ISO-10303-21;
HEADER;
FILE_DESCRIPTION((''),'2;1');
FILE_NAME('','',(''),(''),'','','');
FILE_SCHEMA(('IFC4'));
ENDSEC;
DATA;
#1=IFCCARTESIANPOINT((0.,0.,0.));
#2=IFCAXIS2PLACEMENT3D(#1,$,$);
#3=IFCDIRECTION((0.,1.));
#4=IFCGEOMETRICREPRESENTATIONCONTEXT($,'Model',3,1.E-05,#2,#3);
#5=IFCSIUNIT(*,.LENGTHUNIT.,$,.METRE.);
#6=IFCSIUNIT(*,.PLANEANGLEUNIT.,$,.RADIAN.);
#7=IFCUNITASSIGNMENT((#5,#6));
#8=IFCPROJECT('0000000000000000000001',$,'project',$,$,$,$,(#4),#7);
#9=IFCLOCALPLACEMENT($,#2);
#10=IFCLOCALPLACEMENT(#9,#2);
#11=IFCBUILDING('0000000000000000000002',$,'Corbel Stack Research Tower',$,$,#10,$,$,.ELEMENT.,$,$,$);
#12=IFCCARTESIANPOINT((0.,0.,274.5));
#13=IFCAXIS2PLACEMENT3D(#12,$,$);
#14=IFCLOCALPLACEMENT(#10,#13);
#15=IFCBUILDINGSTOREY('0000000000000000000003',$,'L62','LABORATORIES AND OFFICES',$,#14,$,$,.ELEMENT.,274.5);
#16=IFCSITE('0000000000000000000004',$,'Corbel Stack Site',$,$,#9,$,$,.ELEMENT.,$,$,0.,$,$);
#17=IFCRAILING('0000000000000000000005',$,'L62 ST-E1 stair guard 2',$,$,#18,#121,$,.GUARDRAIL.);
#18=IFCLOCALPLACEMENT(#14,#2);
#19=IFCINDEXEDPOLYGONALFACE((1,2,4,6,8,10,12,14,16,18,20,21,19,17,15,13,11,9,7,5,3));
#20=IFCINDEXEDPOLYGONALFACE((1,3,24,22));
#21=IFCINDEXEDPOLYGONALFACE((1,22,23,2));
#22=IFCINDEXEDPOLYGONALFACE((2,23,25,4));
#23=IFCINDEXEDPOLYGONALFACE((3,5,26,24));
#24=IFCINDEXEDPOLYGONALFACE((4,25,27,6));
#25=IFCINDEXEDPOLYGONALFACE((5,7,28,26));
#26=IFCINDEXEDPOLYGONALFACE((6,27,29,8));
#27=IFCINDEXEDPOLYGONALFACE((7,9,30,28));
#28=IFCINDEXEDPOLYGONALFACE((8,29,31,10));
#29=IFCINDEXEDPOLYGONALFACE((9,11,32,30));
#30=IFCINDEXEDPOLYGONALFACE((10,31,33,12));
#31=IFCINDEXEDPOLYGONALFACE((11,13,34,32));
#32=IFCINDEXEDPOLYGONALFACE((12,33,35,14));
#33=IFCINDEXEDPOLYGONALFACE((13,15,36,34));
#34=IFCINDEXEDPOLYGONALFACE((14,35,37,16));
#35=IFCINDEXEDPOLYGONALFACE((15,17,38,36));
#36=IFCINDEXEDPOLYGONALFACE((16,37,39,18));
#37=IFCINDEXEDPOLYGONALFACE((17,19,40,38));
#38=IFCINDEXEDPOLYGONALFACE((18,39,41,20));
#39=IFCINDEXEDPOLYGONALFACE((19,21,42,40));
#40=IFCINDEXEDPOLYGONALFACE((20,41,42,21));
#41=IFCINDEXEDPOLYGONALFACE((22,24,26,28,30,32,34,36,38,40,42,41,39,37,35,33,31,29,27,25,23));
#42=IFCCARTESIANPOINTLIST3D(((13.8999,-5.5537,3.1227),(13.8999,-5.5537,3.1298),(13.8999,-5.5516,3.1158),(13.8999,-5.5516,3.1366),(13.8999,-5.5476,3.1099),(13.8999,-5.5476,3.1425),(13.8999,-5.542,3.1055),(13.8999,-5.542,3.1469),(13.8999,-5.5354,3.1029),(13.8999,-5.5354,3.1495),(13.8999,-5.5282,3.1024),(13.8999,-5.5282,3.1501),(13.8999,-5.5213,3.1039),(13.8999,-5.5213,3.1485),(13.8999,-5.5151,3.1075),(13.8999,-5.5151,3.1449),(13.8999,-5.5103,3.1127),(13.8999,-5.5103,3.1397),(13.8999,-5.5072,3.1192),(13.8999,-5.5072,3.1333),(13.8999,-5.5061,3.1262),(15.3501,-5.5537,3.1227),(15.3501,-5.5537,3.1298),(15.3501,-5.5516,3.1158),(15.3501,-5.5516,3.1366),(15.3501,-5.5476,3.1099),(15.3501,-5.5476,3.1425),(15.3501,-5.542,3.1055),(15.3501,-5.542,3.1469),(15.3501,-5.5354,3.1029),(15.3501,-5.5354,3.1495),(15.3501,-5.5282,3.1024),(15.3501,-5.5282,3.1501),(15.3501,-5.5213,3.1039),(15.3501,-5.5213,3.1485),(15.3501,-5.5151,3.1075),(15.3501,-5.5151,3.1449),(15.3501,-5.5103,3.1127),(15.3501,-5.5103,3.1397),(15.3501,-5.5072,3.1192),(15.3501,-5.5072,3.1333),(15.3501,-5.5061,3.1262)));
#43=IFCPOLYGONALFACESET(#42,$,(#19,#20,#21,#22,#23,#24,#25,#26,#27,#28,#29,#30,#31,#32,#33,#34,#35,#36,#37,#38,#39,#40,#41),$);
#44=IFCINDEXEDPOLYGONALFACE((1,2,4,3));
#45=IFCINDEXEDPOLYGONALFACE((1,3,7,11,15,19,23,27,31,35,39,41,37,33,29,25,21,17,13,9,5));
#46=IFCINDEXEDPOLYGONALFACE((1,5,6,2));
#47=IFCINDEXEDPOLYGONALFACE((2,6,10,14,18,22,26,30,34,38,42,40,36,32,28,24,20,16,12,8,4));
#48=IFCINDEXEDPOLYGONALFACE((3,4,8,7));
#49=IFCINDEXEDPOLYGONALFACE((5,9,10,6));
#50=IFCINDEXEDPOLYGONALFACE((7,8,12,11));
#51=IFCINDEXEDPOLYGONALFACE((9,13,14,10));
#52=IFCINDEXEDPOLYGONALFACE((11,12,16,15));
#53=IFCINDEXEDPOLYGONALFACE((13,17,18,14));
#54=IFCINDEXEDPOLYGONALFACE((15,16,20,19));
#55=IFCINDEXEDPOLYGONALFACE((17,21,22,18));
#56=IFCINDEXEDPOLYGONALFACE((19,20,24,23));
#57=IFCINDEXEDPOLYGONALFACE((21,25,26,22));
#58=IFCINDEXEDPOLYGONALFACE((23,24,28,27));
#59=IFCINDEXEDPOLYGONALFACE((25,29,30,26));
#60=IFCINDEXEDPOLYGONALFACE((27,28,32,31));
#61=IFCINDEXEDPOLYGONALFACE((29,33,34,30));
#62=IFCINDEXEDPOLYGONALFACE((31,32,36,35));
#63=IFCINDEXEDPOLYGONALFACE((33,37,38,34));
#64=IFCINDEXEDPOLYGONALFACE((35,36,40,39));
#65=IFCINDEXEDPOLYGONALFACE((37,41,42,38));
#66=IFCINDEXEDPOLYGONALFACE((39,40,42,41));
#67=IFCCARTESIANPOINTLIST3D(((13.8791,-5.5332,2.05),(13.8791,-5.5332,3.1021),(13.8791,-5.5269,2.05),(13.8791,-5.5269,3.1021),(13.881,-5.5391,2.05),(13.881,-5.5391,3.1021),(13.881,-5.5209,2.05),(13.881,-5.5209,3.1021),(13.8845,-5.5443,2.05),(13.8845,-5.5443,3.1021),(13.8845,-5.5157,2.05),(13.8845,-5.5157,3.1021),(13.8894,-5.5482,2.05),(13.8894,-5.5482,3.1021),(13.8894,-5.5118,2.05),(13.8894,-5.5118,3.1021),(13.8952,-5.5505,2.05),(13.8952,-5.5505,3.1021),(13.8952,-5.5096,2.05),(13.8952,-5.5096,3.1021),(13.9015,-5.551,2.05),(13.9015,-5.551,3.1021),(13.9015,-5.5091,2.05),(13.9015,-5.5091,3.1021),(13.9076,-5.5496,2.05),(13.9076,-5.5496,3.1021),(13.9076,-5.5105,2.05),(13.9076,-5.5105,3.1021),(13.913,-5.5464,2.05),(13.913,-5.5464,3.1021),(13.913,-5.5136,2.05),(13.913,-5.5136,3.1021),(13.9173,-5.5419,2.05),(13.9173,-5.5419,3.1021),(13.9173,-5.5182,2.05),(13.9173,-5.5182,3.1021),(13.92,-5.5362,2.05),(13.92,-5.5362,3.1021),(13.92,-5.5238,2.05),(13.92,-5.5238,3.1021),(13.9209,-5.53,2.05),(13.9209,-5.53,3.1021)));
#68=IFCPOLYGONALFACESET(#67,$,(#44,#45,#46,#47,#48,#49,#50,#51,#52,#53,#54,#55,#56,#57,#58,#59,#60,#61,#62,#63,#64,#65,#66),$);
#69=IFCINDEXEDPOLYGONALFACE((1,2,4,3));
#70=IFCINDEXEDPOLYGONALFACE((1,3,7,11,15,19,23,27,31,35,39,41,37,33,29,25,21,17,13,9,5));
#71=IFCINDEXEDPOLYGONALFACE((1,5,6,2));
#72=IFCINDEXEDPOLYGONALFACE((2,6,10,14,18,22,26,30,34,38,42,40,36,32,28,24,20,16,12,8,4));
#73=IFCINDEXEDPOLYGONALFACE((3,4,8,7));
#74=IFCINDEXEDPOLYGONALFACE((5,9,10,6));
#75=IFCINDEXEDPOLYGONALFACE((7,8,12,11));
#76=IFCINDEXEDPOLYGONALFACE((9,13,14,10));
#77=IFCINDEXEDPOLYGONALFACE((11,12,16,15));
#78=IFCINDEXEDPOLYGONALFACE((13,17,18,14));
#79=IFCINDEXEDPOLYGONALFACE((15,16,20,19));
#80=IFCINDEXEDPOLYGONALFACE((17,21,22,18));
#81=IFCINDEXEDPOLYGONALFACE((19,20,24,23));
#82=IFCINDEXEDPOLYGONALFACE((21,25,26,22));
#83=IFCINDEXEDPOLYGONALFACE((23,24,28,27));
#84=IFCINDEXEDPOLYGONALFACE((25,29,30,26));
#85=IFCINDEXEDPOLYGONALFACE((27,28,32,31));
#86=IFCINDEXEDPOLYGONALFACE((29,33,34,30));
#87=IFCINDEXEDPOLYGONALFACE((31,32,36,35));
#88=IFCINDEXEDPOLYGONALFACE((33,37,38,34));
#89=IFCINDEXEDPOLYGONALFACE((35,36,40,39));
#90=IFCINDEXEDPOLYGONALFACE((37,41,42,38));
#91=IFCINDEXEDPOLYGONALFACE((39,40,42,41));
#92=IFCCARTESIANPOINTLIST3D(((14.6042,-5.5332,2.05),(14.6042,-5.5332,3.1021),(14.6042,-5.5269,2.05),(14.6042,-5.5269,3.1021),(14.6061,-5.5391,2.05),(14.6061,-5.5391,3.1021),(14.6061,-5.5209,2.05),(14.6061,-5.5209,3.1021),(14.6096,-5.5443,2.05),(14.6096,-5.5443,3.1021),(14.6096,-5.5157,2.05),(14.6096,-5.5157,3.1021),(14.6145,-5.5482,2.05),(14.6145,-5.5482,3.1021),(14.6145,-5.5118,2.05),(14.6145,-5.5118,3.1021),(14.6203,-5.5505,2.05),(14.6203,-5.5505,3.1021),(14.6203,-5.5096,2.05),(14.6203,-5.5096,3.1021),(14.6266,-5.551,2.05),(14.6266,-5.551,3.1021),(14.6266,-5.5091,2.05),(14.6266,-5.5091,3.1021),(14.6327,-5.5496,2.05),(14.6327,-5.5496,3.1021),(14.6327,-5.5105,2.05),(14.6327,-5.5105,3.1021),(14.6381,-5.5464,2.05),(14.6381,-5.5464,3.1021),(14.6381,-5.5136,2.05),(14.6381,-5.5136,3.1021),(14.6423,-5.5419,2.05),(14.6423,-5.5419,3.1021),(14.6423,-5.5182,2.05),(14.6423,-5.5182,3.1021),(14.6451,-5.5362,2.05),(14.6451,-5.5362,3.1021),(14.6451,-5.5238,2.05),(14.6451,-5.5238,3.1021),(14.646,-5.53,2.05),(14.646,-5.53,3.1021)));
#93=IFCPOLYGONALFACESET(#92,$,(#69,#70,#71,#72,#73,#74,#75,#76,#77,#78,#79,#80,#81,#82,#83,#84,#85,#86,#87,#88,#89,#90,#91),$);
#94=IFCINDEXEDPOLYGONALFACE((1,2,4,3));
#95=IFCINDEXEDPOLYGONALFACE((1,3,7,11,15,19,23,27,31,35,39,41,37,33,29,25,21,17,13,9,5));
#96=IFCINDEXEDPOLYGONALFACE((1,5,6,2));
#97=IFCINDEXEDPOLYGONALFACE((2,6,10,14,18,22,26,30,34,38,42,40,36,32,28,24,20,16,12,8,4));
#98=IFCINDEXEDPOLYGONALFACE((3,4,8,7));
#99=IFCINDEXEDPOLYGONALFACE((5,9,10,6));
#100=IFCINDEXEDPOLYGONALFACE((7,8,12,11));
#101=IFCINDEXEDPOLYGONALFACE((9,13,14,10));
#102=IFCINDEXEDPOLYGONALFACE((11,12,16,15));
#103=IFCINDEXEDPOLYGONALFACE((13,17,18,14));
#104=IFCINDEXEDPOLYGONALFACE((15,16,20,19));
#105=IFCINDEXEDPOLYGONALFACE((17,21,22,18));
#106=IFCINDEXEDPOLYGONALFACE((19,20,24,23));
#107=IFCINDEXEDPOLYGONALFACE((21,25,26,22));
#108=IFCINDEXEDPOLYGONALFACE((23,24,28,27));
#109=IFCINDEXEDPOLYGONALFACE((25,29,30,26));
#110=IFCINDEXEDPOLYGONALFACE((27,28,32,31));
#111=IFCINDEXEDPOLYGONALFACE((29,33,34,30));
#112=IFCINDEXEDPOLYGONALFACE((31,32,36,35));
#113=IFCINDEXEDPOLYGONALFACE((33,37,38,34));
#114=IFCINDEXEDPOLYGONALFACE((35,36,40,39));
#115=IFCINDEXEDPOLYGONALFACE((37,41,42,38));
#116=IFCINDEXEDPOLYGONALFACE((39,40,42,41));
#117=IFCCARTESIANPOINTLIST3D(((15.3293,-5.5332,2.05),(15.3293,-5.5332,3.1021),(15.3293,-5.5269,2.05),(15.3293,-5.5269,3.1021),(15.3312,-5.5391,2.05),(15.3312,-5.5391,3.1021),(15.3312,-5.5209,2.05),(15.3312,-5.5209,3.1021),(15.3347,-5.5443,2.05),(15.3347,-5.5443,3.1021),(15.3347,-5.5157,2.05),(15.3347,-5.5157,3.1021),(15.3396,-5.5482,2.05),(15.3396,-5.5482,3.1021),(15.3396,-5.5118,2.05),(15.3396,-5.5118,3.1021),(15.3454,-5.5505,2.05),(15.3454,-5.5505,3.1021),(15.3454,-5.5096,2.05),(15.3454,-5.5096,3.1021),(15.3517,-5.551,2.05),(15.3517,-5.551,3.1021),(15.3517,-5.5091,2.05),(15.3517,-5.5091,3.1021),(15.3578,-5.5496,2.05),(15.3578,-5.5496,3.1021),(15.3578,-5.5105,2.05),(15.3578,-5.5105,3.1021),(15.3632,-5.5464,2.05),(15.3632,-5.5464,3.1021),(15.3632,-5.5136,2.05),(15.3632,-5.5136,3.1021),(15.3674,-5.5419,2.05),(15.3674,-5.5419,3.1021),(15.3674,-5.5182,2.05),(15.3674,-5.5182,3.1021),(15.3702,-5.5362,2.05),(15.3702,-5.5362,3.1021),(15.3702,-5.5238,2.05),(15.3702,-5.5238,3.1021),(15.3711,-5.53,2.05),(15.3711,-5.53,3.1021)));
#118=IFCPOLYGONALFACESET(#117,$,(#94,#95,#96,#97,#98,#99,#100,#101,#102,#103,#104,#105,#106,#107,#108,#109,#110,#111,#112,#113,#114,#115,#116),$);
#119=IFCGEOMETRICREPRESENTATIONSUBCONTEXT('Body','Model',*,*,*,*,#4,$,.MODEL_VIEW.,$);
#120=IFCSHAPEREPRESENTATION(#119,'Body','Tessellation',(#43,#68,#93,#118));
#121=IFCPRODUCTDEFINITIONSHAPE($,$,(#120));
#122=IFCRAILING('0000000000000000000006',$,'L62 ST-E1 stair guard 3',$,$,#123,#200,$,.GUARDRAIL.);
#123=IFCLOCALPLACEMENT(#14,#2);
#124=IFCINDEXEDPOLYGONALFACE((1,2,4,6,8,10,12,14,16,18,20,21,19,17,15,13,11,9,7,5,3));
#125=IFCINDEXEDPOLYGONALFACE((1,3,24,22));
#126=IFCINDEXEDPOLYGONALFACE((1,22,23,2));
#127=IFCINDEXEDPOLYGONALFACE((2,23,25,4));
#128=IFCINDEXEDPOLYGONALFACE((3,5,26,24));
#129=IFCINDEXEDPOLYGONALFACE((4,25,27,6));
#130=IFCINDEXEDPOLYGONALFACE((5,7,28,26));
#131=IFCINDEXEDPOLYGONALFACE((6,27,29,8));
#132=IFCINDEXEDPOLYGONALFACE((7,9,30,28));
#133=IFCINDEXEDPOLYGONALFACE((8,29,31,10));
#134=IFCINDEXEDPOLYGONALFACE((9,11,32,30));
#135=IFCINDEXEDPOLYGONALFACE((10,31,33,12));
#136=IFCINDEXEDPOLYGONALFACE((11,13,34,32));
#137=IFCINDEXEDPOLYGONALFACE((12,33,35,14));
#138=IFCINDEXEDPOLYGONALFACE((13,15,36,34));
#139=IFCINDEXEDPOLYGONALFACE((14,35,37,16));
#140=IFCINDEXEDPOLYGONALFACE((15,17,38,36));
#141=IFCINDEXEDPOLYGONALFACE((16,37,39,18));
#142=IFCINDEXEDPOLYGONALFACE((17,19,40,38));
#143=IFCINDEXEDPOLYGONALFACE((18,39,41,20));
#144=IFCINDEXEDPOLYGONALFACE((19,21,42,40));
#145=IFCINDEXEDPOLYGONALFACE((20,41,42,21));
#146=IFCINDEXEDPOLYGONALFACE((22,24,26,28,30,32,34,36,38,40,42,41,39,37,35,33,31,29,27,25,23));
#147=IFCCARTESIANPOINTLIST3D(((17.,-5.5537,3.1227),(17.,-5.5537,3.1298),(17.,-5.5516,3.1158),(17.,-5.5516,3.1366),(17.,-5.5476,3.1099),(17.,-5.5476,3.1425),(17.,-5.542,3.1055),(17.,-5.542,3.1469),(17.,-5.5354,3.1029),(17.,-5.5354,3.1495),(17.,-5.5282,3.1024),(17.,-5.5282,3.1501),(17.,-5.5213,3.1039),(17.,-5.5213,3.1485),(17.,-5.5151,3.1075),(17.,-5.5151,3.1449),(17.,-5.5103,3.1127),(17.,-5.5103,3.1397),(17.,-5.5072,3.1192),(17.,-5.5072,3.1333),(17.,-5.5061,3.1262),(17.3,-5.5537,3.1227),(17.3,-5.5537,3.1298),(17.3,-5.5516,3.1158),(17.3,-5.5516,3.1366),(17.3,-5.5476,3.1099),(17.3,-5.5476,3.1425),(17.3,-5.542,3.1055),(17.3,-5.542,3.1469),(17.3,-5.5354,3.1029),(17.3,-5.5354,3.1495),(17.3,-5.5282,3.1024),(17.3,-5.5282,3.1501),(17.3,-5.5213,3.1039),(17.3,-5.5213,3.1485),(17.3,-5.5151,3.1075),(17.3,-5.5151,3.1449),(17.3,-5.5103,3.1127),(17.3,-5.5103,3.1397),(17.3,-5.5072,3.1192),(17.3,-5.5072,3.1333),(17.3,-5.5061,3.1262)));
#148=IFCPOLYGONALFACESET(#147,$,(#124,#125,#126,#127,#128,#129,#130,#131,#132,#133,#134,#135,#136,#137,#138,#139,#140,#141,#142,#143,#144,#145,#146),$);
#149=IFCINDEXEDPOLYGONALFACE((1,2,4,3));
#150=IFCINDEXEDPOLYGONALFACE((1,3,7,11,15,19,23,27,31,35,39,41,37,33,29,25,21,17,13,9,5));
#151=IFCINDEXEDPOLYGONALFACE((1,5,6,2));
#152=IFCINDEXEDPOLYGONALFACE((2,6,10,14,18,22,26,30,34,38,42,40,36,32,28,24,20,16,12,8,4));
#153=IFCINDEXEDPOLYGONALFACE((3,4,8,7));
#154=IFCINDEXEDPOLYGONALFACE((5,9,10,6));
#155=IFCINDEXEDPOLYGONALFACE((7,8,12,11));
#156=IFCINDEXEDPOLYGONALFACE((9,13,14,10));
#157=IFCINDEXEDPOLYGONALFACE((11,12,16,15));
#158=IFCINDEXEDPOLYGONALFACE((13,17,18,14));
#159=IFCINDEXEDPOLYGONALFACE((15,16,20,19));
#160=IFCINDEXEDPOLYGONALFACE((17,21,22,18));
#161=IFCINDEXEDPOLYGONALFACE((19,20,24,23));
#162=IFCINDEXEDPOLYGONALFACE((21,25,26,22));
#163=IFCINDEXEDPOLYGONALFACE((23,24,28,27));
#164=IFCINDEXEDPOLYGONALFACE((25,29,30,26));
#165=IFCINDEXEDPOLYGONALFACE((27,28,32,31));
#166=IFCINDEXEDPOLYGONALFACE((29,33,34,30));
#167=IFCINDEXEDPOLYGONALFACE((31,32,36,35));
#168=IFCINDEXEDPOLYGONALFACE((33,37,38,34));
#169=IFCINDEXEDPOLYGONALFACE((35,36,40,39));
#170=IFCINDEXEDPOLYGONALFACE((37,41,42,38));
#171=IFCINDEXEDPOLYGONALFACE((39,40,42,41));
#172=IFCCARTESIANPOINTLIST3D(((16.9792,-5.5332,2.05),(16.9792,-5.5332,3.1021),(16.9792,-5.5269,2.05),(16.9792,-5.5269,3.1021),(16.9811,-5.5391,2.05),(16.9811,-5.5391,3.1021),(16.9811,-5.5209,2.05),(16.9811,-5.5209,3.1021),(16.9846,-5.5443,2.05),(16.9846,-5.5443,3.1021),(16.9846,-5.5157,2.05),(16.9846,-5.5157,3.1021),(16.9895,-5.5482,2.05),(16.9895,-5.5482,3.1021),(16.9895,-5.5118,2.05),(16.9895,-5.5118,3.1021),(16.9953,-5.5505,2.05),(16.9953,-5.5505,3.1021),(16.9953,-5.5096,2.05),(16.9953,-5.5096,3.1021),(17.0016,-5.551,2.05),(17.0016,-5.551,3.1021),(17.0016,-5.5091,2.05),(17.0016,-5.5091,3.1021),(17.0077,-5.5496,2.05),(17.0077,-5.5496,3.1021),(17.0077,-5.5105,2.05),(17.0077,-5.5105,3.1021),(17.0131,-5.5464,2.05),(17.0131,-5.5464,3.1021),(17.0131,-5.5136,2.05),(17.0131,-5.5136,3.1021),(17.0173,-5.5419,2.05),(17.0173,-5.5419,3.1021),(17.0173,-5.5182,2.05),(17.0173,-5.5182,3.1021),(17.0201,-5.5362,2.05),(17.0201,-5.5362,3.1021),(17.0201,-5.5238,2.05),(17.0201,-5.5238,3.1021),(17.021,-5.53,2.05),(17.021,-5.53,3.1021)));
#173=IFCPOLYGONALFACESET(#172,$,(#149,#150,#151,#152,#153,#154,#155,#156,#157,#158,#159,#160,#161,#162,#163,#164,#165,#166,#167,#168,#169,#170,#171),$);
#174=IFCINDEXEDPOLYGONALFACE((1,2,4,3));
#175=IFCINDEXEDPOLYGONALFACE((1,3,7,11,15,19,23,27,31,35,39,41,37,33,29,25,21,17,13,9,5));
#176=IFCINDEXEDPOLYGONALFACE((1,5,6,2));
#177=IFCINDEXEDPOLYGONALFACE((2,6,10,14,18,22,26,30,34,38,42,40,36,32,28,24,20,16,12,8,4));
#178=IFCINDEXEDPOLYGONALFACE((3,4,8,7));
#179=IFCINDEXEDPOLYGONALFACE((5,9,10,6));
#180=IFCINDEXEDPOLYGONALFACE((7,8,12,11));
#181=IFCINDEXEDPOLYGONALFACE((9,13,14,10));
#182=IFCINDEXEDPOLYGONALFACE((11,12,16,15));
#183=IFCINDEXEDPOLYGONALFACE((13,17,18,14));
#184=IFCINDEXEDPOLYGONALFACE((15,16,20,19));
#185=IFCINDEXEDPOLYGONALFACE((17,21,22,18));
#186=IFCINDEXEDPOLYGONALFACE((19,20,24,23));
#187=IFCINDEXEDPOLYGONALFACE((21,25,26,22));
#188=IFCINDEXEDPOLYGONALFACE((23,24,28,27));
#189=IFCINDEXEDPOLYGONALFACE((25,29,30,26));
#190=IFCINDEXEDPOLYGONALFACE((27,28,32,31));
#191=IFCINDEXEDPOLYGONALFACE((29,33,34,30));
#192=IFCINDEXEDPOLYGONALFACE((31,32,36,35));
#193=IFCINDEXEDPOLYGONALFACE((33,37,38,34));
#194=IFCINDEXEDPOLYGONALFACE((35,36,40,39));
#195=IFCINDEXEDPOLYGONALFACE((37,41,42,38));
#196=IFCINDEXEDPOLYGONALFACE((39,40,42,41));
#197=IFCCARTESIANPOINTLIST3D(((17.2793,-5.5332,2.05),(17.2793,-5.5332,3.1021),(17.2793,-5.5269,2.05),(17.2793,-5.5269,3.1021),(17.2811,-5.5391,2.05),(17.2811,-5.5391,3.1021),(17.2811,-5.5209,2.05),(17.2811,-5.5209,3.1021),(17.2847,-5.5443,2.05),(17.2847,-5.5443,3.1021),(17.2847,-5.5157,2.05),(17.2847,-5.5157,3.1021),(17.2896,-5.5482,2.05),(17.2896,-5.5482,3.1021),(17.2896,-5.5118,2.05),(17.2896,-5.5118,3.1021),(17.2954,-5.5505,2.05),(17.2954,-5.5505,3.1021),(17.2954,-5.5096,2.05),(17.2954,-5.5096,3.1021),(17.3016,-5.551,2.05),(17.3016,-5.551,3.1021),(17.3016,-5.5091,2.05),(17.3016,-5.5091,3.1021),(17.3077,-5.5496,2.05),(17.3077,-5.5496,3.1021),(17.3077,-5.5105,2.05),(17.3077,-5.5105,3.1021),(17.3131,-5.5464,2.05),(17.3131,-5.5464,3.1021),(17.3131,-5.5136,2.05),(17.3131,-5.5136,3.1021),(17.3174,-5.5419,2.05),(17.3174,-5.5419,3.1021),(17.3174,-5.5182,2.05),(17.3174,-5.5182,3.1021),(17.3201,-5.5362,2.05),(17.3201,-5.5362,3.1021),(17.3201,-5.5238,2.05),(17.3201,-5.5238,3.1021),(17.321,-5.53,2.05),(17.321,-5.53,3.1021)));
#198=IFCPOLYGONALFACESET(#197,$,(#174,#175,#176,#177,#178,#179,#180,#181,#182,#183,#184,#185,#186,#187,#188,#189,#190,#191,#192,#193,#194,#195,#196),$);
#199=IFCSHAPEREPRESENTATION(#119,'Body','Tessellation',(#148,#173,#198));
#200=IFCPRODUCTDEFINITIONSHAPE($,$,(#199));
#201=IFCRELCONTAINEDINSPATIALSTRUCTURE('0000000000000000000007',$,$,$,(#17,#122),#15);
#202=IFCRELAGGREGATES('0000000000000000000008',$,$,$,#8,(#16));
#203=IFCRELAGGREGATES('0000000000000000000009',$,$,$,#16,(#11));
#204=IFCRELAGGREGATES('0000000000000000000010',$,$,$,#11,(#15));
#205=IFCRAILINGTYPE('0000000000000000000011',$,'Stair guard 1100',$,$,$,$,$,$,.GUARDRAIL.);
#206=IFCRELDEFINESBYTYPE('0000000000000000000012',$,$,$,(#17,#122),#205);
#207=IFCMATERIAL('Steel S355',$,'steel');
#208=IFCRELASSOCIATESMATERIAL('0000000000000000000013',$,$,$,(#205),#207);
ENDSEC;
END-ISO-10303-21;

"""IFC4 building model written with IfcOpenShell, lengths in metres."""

from ifc_helpers import new_model, si_unit, direction, frame, origin, origin_2d, place, context, subcontext, project, spatial, circle, extrude, material, type_object, element, save


model = new_model("IFC4")

# Units and contexts
model_context = context("Model", 3, precision=1e-05, world=origin(), true_north=direction((0.0, 1.0)))
body_context = subcontext(model_context, "Body", "Model", "MODEL_VIEW")
ifc_project = project(units=[si_unit("LENGTHUNIT", "METRE"), si_unit("PLANEANGLEUNIT", "RADIAN")], contexts=[model_context])

# Site, building, storey
site_placement = place(None, origin())
site = spatial("IfcSite", under=ifc_project, at=site_placement, Name="Corbel Stack Site", CompositionType="ELEMENT", RefElevation=0.0)
building_placement = place(site_placement, origin())
building = spatial("IfcBuilding", under=site, at=building_placement, Name="Corbel Stack Research Tower", CompositionType="ELEMENT")
storey_placement = place(building_placement, frame((0.0, 0.0, 274.5)))
storey = spatial("IfcBuildingStorey", under=building, at=storey_placement, Name="L62", Description="LABORATORIES AND OFFICES", CompositionType="ELEMENT", Elevation=274.5)

# Railings
ifc_material_1 = material(Name="Steel S355", Category="steel")
railing_type_1 = type_object("IfcRailingType", Name="Stair guard 1100", PredefinedType="GUARDRAIL", material=ifc_material_1)
railing_1_placement = place(storey_placement, frame((13.8999, -5.53, 2.05)))
element("IfcRailing", 1, at=railing_1_placement, inside=storey, type_object=railing_type_1, Name="L62 ST-E1 stair guard 2", PredefinedType="GUARDRAIL", context=body_context, shape_type="SweptSolid", body=[
    extrude(circle(Radius=0.0239, at=origin_2d()), frame((0.0, 0.0, 1.0762), z_axis=(1.0, 0.0, 0.0), x_axis=(0.0, 1.0, 0.0)), (0.0, 0.0, 1.0), 1.4502),
    extrude(circle(Radius=0.021, at=origin_2d()), origin(), (0.0, 0.0, 1.0), 1.052),
    extrude(circle(Radius=0.021, at=origin_2d()), frame((0.7251, 0.0, 0.0)), (0.0, 0.0, 1.0), 1.052),
    extrude(circle(Radius=0.021, at=origin_2d()), frame((1.4502, 0.0, 0.0)), (0.0, 0.0, 1.0), 1.052),
])
railing_2_placement = place(storey_placement, frame((17.0, -5.53, 2.05)))
element("IfcRailing", 2, at=railing_2_placement, inside=storey, type_object=railing_type_1, Name="L62 ST-E1 stair guard 3", PredefinedType="GUARDRAIL", context=body_context, shape_type="SweptSolid", body=[
    extrude(circle(Radius=0.0239, at=origin_2d()), frame((0.0, 0.0, 1.0762), z_axis=(1.0, 0.0, 0.0), x_axis=(0.0, 1.0, 0.0)), (0.0, 0.0, 1.0), 0.3),
    extrude(circle(Radius=0.021, at=origin_2d()), origin(), (0.0, 0.0, 1.0), 1.052),
    extrude(circle(Radius=0.021, at=origin_2d()), frame((0.3, 0.0, 0.0)), (0.0, 0.0, 1.0), 1.052),
])

save(model, "model.ifc")
